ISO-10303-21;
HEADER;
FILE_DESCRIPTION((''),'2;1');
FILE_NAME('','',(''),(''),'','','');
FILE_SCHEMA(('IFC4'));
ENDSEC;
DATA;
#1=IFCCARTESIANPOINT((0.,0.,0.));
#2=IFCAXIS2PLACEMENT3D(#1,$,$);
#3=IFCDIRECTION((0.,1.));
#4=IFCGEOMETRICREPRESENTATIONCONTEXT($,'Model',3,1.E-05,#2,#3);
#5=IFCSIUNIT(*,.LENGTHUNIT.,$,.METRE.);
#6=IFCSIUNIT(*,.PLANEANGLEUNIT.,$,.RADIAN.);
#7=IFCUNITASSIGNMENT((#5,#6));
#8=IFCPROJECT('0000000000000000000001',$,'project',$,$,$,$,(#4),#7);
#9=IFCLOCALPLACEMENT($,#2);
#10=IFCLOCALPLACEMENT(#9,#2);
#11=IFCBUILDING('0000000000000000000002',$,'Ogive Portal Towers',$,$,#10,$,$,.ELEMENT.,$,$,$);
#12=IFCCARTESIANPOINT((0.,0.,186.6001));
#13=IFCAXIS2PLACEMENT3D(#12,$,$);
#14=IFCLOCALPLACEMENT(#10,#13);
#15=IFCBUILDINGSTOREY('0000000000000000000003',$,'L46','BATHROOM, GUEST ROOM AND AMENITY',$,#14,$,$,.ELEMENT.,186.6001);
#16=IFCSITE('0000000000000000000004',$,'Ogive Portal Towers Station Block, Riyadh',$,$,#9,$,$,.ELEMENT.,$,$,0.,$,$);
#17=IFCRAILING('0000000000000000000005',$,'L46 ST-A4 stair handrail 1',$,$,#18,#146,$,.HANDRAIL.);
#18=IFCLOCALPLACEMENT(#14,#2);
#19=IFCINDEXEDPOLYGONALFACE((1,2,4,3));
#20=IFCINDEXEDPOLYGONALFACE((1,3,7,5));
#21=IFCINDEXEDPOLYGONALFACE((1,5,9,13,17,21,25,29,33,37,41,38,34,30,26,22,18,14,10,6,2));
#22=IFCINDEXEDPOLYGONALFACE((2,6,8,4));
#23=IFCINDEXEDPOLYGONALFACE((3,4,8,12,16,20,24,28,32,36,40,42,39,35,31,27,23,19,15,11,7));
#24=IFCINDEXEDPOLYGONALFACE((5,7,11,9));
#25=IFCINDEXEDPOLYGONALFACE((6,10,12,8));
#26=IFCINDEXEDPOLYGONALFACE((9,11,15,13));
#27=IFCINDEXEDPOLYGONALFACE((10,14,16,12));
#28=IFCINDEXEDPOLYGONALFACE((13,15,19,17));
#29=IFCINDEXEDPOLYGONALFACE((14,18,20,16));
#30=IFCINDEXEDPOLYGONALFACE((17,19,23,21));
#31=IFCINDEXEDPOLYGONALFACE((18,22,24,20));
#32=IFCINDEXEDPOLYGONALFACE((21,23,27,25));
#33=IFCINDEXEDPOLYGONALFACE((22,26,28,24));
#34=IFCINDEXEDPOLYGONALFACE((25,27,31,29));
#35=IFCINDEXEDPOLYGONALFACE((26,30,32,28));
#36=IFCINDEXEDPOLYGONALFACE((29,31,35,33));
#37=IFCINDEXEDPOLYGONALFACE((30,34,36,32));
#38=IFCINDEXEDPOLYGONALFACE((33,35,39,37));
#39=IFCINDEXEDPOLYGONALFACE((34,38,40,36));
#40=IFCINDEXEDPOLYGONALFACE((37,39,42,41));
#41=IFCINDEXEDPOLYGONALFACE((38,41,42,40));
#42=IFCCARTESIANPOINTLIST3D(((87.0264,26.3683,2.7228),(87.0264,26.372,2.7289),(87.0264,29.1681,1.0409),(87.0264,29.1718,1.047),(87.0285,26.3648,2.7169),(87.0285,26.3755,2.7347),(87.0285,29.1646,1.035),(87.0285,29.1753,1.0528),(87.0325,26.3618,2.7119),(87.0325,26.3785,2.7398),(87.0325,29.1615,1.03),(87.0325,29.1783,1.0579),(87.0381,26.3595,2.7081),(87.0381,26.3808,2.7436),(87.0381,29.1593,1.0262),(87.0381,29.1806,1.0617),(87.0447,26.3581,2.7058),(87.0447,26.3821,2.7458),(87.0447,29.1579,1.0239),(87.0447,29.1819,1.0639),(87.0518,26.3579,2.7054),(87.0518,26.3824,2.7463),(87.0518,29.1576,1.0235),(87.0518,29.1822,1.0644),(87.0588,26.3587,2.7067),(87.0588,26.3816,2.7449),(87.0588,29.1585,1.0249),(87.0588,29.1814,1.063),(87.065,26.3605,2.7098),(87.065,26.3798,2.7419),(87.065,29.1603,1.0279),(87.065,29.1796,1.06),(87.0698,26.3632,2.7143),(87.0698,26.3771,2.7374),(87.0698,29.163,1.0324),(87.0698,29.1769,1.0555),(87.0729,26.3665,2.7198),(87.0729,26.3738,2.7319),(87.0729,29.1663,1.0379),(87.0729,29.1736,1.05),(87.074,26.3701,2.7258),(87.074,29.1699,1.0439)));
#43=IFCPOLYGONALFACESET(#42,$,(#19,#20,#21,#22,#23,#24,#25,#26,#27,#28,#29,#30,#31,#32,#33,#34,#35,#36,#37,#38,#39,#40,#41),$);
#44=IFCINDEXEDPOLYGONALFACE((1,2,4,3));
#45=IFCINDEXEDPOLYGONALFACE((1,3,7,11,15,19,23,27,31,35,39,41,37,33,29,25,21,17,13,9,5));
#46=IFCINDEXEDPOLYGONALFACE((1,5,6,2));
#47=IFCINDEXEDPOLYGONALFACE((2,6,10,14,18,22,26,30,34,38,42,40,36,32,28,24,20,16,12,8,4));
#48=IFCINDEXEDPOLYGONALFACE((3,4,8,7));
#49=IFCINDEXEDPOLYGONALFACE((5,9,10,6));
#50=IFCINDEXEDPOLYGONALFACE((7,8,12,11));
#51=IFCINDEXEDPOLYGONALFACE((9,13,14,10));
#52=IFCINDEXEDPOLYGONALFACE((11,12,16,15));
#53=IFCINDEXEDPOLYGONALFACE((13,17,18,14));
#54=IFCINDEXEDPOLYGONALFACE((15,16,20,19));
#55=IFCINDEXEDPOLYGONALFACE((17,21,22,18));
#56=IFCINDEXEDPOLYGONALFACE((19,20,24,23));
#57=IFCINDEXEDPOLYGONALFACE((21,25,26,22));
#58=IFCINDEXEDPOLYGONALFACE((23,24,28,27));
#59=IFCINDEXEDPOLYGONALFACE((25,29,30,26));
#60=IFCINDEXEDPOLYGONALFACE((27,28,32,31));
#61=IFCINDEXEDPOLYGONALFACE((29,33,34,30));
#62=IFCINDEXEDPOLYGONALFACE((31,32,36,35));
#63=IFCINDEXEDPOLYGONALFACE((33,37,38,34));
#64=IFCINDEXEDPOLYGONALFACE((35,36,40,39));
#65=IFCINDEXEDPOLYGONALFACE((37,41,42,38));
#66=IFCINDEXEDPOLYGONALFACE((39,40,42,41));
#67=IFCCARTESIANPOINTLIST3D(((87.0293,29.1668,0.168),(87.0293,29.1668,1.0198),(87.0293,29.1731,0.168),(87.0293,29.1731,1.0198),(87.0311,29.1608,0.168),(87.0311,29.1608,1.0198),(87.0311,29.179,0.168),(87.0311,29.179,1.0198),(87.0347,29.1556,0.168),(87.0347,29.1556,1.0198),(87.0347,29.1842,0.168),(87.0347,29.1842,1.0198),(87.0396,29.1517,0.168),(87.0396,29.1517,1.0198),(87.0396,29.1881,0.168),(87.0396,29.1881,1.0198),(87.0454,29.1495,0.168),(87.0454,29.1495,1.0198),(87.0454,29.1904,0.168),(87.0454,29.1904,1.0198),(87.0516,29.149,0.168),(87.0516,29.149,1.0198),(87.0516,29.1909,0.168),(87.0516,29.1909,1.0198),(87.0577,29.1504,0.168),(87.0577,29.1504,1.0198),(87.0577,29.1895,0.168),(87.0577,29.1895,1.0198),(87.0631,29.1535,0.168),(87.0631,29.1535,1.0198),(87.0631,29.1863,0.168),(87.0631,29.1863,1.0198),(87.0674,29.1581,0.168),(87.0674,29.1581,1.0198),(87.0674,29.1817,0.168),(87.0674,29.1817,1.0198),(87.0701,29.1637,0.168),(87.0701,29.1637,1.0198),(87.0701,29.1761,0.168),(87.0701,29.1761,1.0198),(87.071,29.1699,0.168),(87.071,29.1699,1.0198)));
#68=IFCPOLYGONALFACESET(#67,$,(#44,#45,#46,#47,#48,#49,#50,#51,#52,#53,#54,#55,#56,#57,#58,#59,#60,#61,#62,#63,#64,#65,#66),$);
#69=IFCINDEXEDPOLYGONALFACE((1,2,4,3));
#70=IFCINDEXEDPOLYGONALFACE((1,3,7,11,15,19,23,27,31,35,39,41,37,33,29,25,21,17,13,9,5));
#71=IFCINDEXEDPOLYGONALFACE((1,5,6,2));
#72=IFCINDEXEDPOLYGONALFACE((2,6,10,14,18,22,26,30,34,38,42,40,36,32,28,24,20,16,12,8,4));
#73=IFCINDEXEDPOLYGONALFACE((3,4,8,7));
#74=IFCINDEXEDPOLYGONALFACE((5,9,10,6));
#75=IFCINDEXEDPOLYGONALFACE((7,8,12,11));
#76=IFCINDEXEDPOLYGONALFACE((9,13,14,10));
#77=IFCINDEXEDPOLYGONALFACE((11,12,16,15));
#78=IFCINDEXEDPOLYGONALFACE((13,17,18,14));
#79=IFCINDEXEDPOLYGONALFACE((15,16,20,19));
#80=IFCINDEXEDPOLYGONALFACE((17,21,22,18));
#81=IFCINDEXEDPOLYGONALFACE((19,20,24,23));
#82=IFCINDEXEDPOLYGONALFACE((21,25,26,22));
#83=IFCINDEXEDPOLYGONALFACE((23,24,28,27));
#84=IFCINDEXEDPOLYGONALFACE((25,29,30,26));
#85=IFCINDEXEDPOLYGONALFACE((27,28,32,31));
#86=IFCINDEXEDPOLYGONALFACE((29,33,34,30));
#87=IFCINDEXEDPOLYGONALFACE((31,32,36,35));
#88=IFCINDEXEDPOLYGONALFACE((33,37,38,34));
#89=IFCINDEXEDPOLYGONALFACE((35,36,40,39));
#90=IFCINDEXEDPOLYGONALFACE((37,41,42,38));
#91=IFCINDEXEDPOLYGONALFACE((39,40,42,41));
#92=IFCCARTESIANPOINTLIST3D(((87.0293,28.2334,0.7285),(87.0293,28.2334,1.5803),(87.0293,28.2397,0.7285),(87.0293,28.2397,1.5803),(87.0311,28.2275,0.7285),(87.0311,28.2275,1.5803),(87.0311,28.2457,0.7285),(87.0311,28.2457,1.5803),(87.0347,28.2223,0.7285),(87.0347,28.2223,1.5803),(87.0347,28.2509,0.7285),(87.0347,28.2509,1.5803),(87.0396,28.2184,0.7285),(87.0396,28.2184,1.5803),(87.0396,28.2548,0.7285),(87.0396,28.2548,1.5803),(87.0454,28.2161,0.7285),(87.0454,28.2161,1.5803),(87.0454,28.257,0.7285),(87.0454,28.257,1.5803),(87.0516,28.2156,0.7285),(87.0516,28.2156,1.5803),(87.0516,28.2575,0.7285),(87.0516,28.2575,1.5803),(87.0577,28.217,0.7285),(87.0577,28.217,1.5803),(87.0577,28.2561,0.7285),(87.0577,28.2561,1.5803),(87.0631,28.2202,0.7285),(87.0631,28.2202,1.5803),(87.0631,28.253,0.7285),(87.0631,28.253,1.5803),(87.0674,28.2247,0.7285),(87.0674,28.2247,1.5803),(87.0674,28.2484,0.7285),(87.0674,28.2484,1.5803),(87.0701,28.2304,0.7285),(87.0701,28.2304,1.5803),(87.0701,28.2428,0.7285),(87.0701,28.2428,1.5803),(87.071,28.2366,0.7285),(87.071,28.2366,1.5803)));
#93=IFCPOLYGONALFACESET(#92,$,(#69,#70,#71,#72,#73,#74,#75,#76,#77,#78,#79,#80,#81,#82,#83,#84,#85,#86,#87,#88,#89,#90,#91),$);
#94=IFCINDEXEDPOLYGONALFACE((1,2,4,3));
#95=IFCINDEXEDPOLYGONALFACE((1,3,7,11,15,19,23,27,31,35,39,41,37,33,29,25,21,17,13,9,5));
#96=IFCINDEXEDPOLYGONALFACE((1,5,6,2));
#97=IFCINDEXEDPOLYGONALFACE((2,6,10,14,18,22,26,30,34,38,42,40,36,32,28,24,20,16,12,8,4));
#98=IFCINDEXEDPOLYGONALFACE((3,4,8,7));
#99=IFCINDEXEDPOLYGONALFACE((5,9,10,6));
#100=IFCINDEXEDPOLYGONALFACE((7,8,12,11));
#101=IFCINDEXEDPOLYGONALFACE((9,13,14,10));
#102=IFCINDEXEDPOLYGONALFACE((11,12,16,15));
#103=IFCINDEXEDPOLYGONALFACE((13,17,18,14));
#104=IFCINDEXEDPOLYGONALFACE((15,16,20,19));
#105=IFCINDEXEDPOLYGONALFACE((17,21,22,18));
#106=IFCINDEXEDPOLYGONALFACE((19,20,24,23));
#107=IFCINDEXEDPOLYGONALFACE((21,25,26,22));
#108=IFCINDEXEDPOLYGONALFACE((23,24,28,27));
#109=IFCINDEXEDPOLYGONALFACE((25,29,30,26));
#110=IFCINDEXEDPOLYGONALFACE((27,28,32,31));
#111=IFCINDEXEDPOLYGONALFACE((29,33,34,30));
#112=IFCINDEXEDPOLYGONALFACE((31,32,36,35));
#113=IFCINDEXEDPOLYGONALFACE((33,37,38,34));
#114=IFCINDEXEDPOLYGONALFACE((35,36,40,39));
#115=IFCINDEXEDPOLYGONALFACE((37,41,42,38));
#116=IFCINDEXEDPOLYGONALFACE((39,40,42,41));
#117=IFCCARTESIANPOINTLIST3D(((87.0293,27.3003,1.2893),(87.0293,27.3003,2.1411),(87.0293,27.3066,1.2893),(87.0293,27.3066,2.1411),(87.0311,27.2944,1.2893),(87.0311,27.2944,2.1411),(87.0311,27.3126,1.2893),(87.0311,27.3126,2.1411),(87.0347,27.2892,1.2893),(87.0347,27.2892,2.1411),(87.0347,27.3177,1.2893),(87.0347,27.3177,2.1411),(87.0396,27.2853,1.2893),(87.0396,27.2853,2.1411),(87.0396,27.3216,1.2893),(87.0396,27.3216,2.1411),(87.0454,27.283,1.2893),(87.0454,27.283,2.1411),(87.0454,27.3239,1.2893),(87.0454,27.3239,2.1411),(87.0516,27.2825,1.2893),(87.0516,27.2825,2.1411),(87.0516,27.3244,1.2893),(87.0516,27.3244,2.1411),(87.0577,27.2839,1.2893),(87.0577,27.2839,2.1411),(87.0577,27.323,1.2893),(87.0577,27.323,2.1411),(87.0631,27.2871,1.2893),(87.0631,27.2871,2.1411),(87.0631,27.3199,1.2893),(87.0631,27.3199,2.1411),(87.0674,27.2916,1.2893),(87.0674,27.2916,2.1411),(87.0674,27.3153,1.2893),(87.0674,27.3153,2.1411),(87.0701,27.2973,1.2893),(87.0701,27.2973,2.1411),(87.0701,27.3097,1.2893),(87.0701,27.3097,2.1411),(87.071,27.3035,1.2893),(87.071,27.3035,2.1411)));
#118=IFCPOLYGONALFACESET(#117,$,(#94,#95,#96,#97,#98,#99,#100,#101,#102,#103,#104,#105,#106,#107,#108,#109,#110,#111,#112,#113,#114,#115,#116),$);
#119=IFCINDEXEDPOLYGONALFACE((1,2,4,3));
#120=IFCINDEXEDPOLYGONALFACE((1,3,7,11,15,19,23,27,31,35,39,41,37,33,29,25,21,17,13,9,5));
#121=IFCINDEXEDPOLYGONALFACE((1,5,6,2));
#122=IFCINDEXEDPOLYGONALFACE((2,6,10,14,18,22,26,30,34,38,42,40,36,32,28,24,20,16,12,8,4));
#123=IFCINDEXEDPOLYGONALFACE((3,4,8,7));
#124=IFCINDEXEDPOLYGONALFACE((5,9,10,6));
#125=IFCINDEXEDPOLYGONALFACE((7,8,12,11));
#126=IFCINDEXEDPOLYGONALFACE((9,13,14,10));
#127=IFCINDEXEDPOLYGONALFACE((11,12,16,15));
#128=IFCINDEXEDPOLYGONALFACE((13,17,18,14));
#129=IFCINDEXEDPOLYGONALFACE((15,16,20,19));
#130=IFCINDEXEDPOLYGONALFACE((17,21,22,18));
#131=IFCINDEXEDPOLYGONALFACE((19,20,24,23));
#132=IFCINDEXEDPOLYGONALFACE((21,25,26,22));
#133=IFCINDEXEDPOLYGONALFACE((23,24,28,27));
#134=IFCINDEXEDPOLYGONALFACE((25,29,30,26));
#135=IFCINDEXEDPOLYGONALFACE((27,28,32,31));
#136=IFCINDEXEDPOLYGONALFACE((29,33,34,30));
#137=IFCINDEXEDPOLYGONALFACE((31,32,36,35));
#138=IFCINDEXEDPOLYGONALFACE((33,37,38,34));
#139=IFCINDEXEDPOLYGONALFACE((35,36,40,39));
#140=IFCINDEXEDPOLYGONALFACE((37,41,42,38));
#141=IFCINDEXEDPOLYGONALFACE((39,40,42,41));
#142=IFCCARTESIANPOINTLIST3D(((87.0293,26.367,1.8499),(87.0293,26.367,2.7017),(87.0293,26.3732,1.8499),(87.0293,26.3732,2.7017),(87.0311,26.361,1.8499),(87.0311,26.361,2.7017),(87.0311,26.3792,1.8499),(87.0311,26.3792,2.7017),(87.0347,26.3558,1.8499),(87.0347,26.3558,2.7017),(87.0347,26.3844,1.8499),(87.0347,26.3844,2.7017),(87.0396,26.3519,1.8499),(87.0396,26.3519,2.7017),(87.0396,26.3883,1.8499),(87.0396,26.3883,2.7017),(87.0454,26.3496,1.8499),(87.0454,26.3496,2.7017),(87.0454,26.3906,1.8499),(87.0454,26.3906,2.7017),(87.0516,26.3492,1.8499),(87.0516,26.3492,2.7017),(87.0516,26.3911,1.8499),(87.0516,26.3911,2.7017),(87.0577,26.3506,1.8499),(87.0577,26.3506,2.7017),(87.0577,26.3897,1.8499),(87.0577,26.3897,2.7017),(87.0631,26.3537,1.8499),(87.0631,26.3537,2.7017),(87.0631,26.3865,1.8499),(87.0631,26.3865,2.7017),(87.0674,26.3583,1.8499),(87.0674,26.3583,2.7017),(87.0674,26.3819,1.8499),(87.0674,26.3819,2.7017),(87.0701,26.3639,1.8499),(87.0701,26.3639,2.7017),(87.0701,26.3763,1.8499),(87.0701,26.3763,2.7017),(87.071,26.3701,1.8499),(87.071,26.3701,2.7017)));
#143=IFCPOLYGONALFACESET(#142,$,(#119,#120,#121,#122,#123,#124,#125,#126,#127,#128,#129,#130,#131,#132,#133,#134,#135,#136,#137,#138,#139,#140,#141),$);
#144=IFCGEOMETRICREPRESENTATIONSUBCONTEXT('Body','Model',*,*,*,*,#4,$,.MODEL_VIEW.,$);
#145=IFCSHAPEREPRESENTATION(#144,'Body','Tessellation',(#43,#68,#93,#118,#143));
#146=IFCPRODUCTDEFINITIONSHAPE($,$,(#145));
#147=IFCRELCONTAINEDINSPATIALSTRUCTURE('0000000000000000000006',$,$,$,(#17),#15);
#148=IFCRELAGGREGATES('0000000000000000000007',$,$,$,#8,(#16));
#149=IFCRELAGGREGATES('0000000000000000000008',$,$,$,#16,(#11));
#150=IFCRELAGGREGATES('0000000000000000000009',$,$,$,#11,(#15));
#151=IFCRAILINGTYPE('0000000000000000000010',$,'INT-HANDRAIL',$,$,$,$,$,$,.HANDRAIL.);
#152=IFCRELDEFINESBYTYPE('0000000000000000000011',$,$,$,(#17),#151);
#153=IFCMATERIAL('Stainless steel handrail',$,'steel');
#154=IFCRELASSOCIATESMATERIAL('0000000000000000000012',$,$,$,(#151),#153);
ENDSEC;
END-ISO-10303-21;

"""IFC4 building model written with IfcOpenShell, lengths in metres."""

from ifc_helpers import new_model, si_unit, direction, frame, origin, origin_2d, place, context, subcontext, project, spatial, circle, extrude, material, type_object, element, save


model = new_model("IFC4")

# Units and contexts
model_context = context("Model", 3, precision=1e-05, world=origin(), true_north=direction((0.0, 1.0)))
body_context = subcontext(model_context, "Body", "Model", "MODEL_VIEW")
ifc_project = project(units=[si_unit("LENGTHUNIT", "METRE"), si_unit("PLANEANGLEUNIT", "RADIAN")], contexts=[model_context])

# Site, building, storey
site_placement = place(None, origin())
site = spatial("IfcSite", under=ifc_project, at=site_placement, Name="Ogive Portal Towers Station Block, Riyadh", CompositionType="ELEMENT", RefElevation=0.0)
building_placement = place(site_placement, origin())
building = spatial("IfcBuilding", under=site, at=building_placement, Name="Ogive Portal Towers", CompositionType="ELEMENT")
storey_placement = place(building_placement, frame((0.0, 0.0, 186.6001)))
storey = spatial("IfcBuildingStorey", under=building, at=storey_placement, Name="L46", Description="BATHROOM, GUEST ROOM AND AMENITY", CompositionType="ELEMENT", Elevation=186.6001)

# Railing
ifc_material_1 = material(Name="Stainless steel handrail", Category="steel")
railing_type_1 = type_object("IfcRailingType", Name="INT-HANDRAIL", PredefinedType="HANDRAIL", material=ifc_material_1)
railing_1_placement = place(storey_placement, frame((87.05, 29.1699, 0.168)))
element("IfcRailing", 1, at=railing_1_placement, inside=storey, type_object=railing_type_1, Name="L46 ST-A4 stair handrail 1", PredefinedType="HANDRAIL", context=body_context, shape_type="SweptSolid", body=[
    extrude(circle(Radius=0.0239, at=origin_2d()), frame((0.0, 0.0, 0.876), z_axis=(0.0, -0.857222, 0.514946), x_axis=(1.0, 0.0, 0.0)), (0.0, 0.0, 1.0), 3.2661),
    extrude(circle(Radius=0.021, at=origin_2d()), origin(), (0.0, 0.0, 1.0), 0.8518),
    extrude(circle(Radius=0.021, at=origin_2d()), frame((0.0, -0.9333, 0.5605)), (0.0, 0.0, 1.0), 0.8518),
    extrude(circle(Radius=0.021, at=origin_2d()), frame((0.0, -1.8665, 1.1213)), (0.0, 0.0, 1.0), 0.8518),
    extrude(circle(Radius=0.021, at=origin_2d()), frame((0.0, -2.7998, 1.6819)), (0.0, 0.0, 1.0), 0.8518),
])

save(model, "model.ifc")
